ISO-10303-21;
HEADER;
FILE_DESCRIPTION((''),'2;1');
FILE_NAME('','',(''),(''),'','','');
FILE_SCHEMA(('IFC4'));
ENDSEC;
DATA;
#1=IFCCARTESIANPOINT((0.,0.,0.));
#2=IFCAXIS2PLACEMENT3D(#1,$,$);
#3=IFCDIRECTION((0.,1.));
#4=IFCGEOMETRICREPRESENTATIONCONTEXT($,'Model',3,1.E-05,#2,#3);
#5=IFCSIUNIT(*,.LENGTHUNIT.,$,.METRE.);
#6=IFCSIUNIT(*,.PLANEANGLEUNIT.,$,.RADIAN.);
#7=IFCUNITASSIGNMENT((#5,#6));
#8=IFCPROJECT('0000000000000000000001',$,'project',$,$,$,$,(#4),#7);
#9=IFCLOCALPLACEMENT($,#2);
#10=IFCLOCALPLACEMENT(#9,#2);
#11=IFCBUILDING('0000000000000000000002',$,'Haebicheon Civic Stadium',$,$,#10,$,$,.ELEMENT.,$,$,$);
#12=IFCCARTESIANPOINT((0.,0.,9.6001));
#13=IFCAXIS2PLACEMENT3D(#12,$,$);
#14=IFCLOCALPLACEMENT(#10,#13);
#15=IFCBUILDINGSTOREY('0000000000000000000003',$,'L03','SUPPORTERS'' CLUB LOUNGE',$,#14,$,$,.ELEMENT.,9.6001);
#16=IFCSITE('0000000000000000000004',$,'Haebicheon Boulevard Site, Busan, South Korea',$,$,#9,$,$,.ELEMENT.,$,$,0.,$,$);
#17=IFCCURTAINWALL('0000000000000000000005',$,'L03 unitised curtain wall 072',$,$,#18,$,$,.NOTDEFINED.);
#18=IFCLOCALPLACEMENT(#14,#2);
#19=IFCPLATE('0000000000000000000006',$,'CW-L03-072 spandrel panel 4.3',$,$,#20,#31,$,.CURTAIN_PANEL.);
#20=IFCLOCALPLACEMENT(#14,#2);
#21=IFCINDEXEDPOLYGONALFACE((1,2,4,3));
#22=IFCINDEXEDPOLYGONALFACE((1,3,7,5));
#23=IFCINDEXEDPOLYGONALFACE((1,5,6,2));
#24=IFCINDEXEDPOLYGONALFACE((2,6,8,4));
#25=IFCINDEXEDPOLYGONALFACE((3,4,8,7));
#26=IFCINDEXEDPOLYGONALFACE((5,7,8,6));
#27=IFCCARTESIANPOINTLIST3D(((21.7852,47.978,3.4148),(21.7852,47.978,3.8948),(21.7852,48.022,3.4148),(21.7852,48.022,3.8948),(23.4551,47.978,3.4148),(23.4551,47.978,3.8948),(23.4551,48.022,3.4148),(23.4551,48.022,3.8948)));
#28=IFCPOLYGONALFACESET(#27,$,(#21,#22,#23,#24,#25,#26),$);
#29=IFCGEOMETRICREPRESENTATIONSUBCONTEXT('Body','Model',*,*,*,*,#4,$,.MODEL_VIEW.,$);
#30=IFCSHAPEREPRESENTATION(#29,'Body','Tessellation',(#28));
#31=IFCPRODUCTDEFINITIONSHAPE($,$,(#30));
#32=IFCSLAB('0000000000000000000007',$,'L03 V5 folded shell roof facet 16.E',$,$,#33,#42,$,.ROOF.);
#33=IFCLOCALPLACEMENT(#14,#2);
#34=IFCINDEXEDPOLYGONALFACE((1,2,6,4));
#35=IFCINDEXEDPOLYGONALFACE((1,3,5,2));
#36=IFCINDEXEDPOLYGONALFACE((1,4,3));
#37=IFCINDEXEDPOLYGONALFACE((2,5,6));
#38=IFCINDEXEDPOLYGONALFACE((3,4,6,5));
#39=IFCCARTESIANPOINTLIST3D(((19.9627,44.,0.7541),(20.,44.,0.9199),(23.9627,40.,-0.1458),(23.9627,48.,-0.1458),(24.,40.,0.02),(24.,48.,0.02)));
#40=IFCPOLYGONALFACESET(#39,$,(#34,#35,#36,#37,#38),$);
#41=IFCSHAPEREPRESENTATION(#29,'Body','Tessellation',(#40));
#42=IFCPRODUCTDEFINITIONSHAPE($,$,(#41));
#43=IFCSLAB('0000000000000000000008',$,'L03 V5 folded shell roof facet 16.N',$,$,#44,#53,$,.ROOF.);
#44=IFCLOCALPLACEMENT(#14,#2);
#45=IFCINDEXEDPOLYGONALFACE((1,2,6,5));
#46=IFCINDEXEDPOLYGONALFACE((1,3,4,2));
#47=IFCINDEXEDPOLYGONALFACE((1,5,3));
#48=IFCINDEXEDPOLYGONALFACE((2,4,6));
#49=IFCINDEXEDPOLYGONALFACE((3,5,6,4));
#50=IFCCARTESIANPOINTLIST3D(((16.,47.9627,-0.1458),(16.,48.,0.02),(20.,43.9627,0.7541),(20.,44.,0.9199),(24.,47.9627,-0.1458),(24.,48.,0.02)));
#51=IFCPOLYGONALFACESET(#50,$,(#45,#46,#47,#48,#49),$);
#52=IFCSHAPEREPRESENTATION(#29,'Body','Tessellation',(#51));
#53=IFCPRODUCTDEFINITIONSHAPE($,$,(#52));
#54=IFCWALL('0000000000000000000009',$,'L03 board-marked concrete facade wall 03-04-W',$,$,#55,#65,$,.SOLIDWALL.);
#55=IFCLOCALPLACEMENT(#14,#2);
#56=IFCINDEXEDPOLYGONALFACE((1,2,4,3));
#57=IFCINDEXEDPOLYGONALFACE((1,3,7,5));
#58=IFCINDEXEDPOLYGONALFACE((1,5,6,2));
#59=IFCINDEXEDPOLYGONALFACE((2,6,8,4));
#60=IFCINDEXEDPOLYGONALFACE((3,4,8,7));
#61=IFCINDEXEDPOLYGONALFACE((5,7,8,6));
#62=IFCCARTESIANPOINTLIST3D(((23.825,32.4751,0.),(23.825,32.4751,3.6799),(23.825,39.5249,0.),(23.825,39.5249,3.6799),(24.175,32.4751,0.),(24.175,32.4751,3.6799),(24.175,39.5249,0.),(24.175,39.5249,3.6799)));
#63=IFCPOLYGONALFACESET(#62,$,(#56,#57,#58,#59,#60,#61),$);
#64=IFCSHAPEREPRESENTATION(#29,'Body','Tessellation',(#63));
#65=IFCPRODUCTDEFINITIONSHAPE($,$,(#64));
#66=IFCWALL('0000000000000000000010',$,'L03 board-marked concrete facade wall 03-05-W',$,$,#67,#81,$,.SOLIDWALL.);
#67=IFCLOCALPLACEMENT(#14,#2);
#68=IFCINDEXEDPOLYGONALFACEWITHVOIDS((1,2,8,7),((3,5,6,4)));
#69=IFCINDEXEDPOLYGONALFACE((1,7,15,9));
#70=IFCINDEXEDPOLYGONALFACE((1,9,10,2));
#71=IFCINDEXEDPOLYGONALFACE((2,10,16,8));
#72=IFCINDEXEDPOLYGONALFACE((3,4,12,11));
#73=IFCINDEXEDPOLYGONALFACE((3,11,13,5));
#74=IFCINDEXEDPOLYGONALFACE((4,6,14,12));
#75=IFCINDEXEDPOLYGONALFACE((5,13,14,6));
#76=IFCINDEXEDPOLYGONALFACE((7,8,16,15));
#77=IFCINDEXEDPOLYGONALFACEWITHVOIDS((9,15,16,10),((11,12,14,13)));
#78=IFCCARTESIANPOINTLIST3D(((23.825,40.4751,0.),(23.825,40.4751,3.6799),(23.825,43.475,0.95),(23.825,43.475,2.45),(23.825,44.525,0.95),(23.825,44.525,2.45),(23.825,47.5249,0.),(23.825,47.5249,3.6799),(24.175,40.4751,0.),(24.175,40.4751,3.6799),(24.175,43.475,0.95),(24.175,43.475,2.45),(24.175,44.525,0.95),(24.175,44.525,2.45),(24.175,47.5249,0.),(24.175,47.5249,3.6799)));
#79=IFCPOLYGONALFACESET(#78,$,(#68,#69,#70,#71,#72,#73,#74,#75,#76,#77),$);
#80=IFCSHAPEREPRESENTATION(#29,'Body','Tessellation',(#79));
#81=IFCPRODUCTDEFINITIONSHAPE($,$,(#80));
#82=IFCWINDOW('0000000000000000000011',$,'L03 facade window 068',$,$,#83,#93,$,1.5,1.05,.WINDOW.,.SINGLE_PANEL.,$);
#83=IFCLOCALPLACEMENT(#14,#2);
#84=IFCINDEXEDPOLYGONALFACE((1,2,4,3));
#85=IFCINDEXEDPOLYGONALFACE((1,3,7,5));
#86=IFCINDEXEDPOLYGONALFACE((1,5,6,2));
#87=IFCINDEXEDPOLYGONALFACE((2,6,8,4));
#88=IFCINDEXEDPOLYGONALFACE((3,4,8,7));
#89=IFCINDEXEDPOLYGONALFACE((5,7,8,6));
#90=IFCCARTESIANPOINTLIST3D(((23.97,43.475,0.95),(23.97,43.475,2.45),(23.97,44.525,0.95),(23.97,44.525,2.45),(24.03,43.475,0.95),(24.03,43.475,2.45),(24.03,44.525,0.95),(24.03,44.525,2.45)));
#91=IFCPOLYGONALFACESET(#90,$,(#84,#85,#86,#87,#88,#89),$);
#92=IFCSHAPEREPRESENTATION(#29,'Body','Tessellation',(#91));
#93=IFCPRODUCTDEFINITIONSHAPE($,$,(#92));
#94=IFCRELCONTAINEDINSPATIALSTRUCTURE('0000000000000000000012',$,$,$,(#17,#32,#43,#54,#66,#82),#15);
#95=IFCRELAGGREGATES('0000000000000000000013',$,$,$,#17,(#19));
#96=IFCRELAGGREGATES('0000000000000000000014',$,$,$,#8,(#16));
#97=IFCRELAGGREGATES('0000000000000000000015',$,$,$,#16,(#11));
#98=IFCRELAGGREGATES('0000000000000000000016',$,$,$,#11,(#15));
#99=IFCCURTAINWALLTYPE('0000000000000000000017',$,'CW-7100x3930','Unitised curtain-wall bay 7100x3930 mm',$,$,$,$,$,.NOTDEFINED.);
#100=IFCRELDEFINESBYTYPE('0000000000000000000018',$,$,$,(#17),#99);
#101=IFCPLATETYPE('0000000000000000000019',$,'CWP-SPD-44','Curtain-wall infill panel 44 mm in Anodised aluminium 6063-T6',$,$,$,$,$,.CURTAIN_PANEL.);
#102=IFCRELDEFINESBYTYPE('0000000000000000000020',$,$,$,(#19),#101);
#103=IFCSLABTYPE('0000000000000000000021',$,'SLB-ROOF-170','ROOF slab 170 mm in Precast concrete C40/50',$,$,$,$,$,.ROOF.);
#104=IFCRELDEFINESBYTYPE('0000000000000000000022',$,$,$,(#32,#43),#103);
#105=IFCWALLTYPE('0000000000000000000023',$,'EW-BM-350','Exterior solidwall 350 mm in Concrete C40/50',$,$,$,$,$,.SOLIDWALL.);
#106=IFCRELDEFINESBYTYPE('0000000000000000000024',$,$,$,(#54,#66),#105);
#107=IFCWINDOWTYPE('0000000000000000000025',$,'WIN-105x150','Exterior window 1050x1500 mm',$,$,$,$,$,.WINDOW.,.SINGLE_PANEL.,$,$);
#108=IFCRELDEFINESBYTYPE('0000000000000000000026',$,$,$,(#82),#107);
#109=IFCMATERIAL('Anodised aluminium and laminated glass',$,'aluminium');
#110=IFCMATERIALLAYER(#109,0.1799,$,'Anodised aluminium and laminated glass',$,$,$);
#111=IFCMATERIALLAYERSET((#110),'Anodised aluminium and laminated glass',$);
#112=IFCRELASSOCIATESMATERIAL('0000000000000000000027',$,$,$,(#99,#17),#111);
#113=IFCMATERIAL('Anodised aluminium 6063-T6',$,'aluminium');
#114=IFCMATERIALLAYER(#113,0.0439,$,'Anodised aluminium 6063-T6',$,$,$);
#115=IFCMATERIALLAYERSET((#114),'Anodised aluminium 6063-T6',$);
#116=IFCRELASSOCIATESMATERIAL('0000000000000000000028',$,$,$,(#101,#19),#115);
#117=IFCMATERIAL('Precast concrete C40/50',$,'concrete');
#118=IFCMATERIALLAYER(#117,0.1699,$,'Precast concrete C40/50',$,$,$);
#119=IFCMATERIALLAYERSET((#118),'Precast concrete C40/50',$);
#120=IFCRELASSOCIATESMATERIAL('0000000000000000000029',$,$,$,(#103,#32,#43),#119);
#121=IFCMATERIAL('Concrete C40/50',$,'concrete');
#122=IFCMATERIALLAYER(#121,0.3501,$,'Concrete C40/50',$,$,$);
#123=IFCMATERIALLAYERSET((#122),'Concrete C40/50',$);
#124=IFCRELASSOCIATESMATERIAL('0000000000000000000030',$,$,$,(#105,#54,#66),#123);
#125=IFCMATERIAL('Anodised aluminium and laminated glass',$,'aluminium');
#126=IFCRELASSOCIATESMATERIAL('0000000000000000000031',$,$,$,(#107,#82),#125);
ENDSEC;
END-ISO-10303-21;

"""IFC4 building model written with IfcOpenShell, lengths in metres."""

from ifc_helpers import new_model, si_unit, direction, frame, frame_2d, origin, origin_2d, place, context, subcontext, project, spatial, polyline, rectangle, outline, extrude, material, layer, layer_set, type_object, element, fill, aggregate, save


model = new_model("IFC4")

# Units and contexts
model_context = context("Model", 3, precision=1e-05, world=origin(), true_north=direction((0.0, 1.0)))
body_context = subcontext(model_context, "Body", "Model", "MODEL_VIEW")
ifc_project = project(units=[si_unit("LENGTHUNIT", "METRE"), si_unit("PLANEANGLEUNIT", "RADIAN")], contexts=[model_context])

# Site, building, storey
site_placement = place(None, origin())
site = spatial("IfcSite", under=ifc_project, at=site_placement, Name="Haebicheon Boulevard Site, Busan, South Korea", CompositionType="ELEMENT", RefElevation=0.0)
building_placement = place(site_placement, origin())
building = spatial("IfcBuilding", under=site, at=building_placement, Name="Haebicheon Civic Stadium", CompositionType="ELEMENT")
storey_placement = place(building_placement, frame((0.0, 0.0, 9.6001)))
storey = spatial("IfcBuildingStorey", under=building, at=storey_placement, Name="L03", Description="SUPPORTERS' CLUB LOUNGE", CompositionType="ELEMENT", Elevation=9.6001)

# Curtain wall
ifc_material_1 = material(Name="Anodised aluminium and laminated glass", Category="aluminium")
ifc_layer_1 = layer(ifc_material_1, 0.1799, Name="Anodised aluminium and laminated glass")
ifc_layer_set_1 = layer_set([ifc_layer_1], Name="Anodised aluminium and laminated glass")
curtain_wall_type = type_object("IfcCurtainWallType", Name="CW-7100x3930", Description="Unitised curtain-wall bay 7100x3930 mm", PredefinedType="NOTDEFINED", material=ifc_layer_set_1)
curtain_wall_placement = place(storey_placement, origin())
curtain_wall = element("IfcCurtainWall", 1, at=curtain_wall_placement, inside=storey, type_object=curtain_wall_type, material=ifc_layer_set_1, Name="L03 unitised curtain wall 072", PredefinedType="NOTDEFINED")

# Plate
ifc_material_2 = material(Name="Anodised aluminium 6063-T6", Category="aluminium")
ifc_layer_2 = layer(ifc_material_2, 0.0439, Name="Anodised aluminium 6063-T6")
ifc_layer_set_2 = layer_set([ifc_layer_2], Name="Anodised aluminium 6063-T6")
plate_type_1 = type_object("IfcPlateType", Name="CWP-SPD-44", Description="Curtain-wall infill panel 44 mm in Anodised aluminium 6063-T6", PredefinedType="CURTAIN_PANEL", material=ifc_layer_set_2)
plate_1_placement = place(storey_placement, frame((22.6201, 48.0, 3.4148), z_axis=(0.0, 0.0, 1.0), x_axis=(1.0, 0.0, 0.0)))
plate_1 = element("IfcPlate", 2, at=plate_1_placement, type_object=plate_type_1, material=ifc_layer_set_2, Name="CW-L03-072 spandrel panel 4.3", PredefinedType="CURTAIN_PANEL", context=body_context, shape_type="SweptSolid", body=[
    extrude(rectangle(XDim=1.6699, YDim=0.0439, at=origin_2d()), origin(), (0.0, 0.0, 1.0), 0.48),
])
aggregate(curtain_wall, [plate_1])

# Slabs
ifc_material_3 = material(Name="Precast concrete C40/50", Category="concrete")
ifc_layer_3 = layer(ifc_material_3, 0.1699, Name="Precast concrete C40/50")
ifc_layer_set_3 = layer_set([ifc_layer_3], Name="Precast concrete C40/50")
slab_type = type_object("IfcSlabType", Name="SLB-ROOF-170", Description="ROOF slab 170 mm in Precast concrete C40/50", PredefinedType="ROOF", material=ifc_layer_set_3)
for number, where, z_axis, x_axis, name in (
    (3, (24.0, 40.0, 0.02), (0.21949, 0.0, 0.975615), (0.0, 1.0, 0.0), "L03 V5 folded shell roof facet 16.E"),
    (4, (24.0, 48.0, 0.02), (0.0, 0.21949, 0.975615), (-1.0, 0.0, 0.0), "L03 V5 folded shell roof facet 16.N"),
):
    element("IfcSlab", number, at=place(storey_placement, frame(where, z_axis=z_axis, x_axis=x_axis)), inside=storey, type_object=slab_type, material=ifc_layer_set_3, Name=name, PredefinedType="ROOF", context=body_context, shape_type="SweptSolid", body=[
        extrude(outline(polyline([(0.0, 0.0), (8.0, 0.0), (4.0, 4.1), (0.0, 0.0)])), origin(), (0.0, 0.0, -1.0), 0.1699),
    ])

# Wall
ifc_material_4 = material(Name="Concrete C40/50", Category="concrete")
ifc_layer_4 = layer(ifc_material_4, 0.3501, Name="Concrete C40/50")
ifc_layer_set_4 = layer_set([ifc_layer_4], Name="Concrete C40/50")
wall_type = type_object("IfcWallType", Name="EW-BM-350", Description="Exterior solidwall 350 mm in Concrete C40/50", PredefinedType="SOLIDWALL", material=ifc_layer_set_4)
wall_1_placement = place(storey_placement, frame((24.0, 32.4751, 0.0), z_axis=(0.0, 0.0, 1.0), x_axis=(0.0, 1.0, 0.0)))
element("IfcWall", 5, at=wall_1_placement, inside=storey, type_object=wall_type, material=ifc_layer_set_4, Name="L03 board-marked concrete facade wall 03-04-W", PredefinedType="SOLIDWALL", context=body_context, shape_type="SweptSolid", body=[
    extrude(rectangle(XDim=7.0498, YDim=0.3501, at=frame_2d((3.5249, 0.0))), origin(), (0.0, 0.0, 1.0), 3.6799),
])

# Wall, opening, window
wall_2_placement = place(storey_placement, frame((24.0, 40.4751, 0.0), z_axis=(0.0, 0.0, 1.0), x_axis=(0.0, 1.0, 0.0)))
wall_2 = element("IfcWall", 6, at=wall_2_placement, inside=storey, type_object=wall_type, material=ifc_layer_set_4, Name="L03 board-marked concrete facade wall 03-05-W", PredefinedType="SOLIDWALL", context=body_context, shape_type="SweptSolid", body=[
    extrude(rectangle(XDim=7.0498, YDim=0.3501, at=frame_2d((3.5249, 0.0))), origin(), (0.0, 0.0, 1.0), 3.6799),
])
opening_placement = place(wall_2_placement, frame((3.0, 0.0, 0.95)))
opening = element("IfcOpeningElement", 7, at=opening_placement, cuts=wall_2, PredefinedType="OPENING", context=body_context, shape_type="SweptSolid", body=[
    extrude(rectangle(XDim=1.05, YDim=1.5, at=frame_2d((0.5249, 0.75))), frame((0.0, 0.1851, 0.0), z_axis=(0.0, -1.0, 0.0), x_axis=(1.0, 0.0, 0.0)), (0.0, 0.0, 1.0), 0.3701),
])
ifc_material_5 = material(Name="Anodised aluminium and laminated glass", Category="aluminium")
window_type = type_object("IfcWindowType", Name="WIN-105x150", Description="Exterior window 1050x1500 mm", PartitioningType="SINGLE_PANEL", PredefinedType="WINDOW", material=ifc_material_5)
window_placement = place(opening_placement, origin())
window = element("IfcWindow", 8, at=window_placement, inside=storey, type_object=window_type, material=ifc_material_5, Name="L03 facade window 068", OverallHeight=1.5, OverallWidth=1.05, PartitioningType="SINGLE_PANEL", PredefinedType="WINDOW", context=body_context, shape_type="SweptSolid", body=[
    extrude(rectangle(XDim=1.05, YDim=1.5, at=frame_2d((0.5249, 0.75))), frame((0.0, 0.03, 0.0), z_axis=(0.0, -1.0, 0.0), x_axis=(1.0, 0.0, 0.0)), (0.0, 0.0, 1.0), 0.0601),
])
fill(opening, window)

save(model, "model.ifc")
